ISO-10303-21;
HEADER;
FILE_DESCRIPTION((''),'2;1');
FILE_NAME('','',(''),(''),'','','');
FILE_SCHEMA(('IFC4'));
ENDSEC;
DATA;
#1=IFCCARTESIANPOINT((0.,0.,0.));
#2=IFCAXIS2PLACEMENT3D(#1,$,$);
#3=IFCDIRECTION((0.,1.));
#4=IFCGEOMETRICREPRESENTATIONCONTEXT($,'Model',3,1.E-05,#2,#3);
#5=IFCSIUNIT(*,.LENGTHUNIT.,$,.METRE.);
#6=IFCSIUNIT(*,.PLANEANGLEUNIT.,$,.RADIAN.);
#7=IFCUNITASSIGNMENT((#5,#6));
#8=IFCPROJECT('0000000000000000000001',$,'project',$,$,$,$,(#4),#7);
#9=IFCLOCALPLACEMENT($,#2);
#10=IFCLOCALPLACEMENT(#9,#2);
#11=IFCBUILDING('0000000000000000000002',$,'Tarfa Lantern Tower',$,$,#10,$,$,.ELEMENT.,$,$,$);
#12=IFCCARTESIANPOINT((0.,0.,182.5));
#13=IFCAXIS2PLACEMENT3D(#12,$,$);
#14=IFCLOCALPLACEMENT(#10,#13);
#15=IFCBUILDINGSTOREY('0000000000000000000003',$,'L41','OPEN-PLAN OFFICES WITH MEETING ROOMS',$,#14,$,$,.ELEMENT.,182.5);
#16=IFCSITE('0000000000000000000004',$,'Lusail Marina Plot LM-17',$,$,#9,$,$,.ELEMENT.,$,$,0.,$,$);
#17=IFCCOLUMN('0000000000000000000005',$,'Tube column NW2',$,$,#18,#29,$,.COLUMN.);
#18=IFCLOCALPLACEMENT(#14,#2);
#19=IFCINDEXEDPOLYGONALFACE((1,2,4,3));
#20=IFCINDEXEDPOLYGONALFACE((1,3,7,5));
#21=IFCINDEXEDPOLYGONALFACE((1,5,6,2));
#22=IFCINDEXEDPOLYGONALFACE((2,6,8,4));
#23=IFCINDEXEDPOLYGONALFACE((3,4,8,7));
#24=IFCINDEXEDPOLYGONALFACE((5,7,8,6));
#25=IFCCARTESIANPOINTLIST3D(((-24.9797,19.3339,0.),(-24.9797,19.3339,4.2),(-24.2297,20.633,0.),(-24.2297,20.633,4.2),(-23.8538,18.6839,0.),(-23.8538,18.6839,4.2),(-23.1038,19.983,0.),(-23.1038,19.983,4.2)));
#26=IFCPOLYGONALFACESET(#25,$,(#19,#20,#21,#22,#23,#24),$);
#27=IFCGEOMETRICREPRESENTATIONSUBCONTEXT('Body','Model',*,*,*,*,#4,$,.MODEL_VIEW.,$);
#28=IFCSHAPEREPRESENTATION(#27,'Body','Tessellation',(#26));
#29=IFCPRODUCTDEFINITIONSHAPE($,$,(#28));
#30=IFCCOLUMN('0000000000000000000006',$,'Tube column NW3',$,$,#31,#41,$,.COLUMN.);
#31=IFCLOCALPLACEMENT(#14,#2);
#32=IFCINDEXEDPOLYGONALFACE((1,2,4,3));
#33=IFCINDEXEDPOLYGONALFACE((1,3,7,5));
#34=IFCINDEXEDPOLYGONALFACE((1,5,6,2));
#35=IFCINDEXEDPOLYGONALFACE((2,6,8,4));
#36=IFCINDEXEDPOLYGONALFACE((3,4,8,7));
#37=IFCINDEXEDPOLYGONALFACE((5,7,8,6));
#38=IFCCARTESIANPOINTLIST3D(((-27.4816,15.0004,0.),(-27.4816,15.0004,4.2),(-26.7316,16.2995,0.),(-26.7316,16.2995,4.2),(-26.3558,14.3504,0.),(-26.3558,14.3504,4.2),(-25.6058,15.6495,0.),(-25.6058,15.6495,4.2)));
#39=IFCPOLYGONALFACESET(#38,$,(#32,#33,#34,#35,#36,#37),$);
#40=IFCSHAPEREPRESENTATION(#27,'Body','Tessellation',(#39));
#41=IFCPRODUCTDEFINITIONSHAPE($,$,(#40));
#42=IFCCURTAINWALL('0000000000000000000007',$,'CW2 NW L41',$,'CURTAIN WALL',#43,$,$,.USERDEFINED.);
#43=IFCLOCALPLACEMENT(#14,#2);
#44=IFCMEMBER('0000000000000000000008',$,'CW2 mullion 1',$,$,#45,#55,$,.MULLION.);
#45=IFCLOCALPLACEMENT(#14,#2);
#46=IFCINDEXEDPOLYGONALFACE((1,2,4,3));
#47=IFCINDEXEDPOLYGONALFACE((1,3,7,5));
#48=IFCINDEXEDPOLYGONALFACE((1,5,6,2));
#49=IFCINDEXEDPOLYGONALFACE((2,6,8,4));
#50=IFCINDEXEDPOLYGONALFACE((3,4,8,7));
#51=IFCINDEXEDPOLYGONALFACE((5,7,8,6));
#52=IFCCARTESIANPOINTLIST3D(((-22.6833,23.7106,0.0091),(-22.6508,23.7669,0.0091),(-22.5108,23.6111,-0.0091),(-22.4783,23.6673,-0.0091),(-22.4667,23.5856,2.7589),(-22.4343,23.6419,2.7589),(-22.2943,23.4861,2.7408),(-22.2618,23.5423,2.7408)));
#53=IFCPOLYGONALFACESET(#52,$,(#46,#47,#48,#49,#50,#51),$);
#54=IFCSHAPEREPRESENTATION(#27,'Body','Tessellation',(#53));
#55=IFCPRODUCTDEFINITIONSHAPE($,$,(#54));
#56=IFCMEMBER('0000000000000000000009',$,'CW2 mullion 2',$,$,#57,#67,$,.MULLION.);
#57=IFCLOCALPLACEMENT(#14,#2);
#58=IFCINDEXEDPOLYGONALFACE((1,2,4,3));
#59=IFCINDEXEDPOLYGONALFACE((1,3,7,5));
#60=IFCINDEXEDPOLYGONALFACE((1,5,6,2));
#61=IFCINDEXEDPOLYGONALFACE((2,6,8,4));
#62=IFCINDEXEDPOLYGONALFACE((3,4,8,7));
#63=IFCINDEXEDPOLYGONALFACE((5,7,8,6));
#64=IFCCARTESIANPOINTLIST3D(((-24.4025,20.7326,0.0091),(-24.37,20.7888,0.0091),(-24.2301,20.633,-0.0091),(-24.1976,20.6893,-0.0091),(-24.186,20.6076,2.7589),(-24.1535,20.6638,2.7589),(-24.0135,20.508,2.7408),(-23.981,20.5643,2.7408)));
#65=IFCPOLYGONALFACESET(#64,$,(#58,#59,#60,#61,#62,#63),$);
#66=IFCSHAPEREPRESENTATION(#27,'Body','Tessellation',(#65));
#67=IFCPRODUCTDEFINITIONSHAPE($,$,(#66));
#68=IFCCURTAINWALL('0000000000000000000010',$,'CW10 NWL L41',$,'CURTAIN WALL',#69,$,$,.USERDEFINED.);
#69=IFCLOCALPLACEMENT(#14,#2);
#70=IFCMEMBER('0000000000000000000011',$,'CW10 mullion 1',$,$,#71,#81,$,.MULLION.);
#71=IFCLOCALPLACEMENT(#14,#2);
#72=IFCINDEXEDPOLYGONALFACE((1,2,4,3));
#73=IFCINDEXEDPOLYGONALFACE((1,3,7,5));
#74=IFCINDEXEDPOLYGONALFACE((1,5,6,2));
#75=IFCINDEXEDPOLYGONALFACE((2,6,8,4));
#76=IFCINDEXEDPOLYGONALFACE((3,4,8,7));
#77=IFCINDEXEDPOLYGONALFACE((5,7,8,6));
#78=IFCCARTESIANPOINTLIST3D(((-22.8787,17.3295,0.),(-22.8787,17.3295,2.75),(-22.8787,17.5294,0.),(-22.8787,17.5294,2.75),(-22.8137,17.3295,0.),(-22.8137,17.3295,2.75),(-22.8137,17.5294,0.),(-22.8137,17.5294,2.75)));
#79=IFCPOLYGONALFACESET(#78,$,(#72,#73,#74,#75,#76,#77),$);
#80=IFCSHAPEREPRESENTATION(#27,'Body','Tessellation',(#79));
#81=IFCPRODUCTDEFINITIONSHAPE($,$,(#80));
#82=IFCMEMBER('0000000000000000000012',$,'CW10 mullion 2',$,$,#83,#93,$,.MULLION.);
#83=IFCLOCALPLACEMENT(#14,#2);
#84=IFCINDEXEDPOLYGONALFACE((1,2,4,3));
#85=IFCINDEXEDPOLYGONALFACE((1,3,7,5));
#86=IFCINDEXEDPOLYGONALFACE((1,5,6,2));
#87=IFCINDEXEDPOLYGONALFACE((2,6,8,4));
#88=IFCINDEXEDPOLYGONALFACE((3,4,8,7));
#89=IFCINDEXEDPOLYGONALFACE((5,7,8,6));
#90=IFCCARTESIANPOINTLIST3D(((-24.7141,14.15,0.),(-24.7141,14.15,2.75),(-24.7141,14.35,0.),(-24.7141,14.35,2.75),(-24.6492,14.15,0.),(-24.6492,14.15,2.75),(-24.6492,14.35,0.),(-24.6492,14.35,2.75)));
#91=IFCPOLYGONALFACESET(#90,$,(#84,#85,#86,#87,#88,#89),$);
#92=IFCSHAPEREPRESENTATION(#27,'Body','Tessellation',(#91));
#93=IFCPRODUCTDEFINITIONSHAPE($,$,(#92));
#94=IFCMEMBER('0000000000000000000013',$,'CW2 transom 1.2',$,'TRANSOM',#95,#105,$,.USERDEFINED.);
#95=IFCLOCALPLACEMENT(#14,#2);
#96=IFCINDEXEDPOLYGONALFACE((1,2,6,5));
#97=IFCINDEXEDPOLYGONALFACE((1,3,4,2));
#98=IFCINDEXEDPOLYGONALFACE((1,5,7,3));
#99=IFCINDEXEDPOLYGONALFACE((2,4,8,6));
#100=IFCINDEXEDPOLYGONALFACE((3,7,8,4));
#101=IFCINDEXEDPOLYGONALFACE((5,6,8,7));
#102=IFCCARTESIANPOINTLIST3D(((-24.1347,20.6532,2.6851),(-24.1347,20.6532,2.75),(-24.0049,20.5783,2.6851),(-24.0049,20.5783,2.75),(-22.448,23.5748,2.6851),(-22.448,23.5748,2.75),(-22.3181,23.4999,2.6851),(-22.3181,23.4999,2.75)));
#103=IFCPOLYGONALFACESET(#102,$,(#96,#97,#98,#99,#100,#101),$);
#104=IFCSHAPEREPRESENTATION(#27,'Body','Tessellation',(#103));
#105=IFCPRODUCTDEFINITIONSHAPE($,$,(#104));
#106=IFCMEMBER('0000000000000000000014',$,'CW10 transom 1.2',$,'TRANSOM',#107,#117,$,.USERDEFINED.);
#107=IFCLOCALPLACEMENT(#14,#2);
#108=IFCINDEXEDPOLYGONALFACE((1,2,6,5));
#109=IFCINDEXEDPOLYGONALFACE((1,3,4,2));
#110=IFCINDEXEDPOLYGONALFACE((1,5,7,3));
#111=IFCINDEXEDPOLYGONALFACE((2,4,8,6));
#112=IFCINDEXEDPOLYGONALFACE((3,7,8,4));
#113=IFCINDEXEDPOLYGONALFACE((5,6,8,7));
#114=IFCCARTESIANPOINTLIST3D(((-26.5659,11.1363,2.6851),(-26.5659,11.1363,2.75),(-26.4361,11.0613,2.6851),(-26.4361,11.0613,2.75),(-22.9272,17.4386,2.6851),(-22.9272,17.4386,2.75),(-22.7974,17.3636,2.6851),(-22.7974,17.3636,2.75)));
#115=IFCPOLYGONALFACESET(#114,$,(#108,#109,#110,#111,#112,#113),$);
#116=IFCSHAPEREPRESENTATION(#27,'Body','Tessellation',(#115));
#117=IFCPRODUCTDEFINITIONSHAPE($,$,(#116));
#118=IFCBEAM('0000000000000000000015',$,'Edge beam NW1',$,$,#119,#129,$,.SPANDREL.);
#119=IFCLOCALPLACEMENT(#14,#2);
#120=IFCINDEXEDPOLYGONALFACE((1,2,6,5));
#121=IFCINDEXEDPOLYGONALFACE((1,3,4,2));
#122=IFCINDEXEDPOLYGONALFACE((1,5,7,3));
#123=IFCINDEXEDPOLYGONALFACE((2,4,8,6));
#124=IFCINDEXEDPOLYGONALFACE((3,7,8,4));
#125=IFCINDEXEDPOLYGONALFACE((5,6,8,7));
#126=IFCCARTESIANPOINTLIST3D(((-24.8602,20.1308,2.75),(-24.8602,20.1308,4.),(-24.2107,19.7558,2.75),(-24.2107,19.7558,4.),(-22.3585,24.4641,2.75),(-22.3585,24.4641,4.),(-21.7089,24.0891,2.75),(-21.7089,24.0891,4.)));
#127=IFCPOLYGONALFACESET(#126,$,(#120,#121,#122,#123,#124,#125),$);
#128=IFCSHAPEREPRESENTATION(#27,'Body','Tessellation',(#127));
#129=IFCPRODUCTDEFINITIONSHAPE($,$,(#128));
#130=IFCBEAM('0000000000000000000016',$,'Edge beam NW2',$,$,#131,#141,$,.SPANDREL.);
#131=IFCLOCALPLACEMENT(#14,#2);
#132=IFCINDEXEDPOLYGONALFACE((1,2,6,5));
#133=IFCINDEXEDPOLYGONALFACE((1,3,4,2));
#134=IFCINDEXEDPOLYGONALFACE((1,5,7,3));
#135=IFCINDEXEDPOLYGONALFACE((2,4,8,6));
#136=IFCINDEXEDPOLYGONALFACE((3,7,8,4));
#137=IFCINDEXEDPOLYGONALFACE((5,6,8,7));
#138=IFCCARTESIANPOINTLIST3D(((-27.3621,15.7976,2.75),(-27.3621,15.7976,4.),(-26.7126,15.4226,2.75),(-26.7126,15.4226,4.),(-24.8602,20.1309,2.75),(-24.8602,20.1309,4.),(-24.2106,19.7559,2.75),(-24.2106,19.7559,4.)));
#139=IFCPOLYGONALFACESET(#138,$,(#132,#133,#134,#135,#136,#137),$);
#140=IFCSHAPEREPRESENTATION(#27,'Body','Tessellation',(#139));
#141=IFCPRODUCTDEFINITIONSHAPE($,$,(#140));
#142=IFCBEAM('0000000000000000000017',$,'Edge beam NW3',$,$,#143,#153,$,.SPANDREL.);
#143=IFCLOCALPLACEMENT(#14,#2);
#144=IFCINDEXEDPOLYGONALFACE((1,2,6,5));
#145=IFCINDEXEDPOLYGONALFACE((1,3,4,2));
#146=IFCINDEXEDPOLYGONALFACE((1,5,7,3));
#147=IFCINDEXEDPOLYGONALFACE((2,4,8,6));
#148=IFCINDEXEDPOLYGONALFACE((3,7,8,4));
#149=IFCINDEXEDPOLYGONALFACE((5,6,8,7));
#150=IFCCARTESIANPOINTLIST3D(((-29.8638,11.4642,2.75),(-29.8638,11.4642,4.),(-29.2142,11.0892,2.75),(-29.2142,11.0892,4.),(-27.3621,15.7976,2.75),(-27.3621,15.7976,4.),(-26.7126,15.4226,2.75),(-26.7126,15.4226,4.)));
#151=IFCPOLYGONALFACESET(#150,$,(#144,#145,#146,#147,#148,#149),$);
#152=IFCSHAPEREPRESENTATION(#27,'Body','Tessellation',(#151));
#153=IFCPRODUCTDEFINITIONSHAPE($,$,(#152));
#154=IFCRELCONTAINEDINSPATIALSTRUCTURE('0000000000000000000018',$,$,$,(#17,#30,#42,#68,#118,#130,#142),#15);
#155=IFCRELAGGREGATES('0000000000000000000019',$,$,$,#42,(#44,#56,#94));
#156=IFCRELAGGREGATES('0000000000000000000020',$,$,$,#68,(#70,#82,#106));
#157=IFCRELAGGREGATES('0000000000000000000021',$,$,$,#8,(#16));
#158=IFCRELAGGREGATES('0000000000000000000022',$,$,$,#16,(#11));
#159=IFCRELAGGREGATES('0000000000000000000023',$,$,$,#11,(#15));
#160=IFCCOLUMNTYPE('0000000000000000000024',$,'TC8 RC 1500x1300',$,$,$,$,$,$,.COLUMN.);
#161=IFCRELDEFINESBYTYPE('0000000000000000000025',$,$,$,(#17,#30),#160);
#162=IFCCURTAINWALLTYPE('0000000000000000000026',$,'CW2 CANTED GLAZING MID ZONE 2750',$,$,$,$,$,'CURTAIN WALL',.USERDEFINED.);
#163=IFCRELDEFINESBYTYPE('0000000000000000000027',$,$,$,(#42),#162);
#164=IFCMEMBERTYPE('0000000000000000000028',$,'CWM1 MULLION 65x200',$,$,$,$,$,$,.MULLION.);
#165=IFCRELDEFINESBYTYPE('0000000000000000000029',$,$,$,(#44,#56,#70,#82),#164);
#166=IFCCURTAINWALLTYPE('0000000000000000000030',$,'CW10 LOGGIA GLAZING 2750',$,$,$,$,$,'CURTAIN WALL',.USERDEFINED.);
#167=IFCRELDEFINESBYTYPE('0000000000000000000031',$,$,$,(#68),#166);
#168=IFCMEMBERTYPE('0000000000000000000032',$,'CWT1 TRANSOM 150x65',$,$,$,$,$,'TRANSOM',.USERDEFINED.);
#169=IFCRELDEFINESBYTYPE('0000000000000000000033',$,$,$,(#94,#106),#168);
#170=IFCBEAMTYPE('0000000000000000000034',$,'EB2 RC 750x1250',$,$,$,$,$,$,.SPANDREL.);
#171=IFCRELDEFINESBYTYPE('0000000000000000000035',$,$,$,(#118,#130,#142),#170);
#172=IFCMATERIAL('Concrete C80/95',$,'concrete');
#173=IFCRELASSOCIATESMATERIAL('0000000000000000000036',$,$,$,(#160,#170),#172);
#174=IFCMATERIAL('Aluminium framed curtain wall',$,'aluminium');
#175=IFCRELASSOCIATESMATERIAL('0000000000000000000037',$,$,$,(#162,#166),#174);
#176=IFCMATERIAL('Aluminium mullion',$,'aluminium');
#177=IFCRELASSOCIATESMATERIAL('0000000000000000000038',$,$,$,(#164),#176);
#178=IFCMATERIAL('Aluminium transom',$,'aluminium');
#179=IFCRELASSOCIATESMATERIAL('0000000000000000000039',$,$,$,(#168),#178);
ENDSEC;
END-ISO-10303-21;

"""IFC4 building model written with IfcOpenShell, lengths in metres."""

from ifc_helpers import new_model, si_unit, direction, frame, origin, origin_2d, place, context, subcontext, project, spatial, rectangle, extrude, material, material_profile, profile_set, type_object, element, aggregate, save


model = new_model("IFC4")

# Units and contexts
model_context = context("Model", 3, precision=1e-05, world=origin(), true_north=direction((0.0, 1.0)))
body_context = subcontext(model_context, "Body", "Model", "MODEL_VIEW")
ifc_project = project(units=[si_unit("LENGTHUNIT", "METRE"), si_unit("PLANEANGLEUNIT", "RADIAN")], contexts=[model_context])

# Site, building, storey
site_placement = place(None, origin())
site = spatial("IfcSite", under=ifc_project, at=site_placement, Name="Lusail Marina Plot LM-17", CompositionType="ELEMENT", RefElevation=0.0)
building_placement = place(site_placement, origin())
building = spatial("IfcBuilding", under=site, at=building_placement, Name="Tarfa Lantern Tower", CompositionType="ELEMENT")
storey_placement = place(building_placement, frame((0.0, 0.0, 182.5)))
storey = spatial("IfcBuildingStorey", under=building, at=storey_placement, Name="L41", Description="OPEN-PLAN OFFICES WITH MEETING ROOMS", CompositionType="ELEMENT", Elevation=182.5)

# Columns
ifc_material_1 = material(Name="Concrete C80/95", Category="concrete")
ifc_material_profile_1 = material_profile(ifc_material_1, rectangle(XDim=1.5, YDim=1.3, at=origin_2d()), Name="RC 1500x1300")
ifc_profile_set_1 = profile_set([ifc_material_profile_1], Name="Concrete C80/95")
column_type = type_object("IfcColumnType", Name="TC8 RC 1500x1300", PredefinedType="COLUMN", material=ifc_profile_set_1)
for number, where, z_axis, x_axis, name in (
    (1, (-24.0417, 19.6584, 0.0), (0.0, 0.0, 1.0), (-0.5, -0.866025, 0.0), "Tube column NW2"),
    (2, (-26.5437, 15.325, 0.0), (0.0, 0.0, 1.0), (-0.5, -0.866025, 0.0), "Tube column NW3"),
):
    element("IfcColumn", number, at=place(storey_placement, frame(where, z_axis=z_axis, x_axis=x_axis)), inside=storey, type_object=column_type, Name=name, PredefinedType="COLUMN", context=body_context, shape_type="SweptSolid", body=[
        extrude(rectangle(XDim=1.5, YDim=1.3, at=origin_2d()), origin(), (0.0, 0.0, 1.0), 4.2),
    ])

# Curtain walls, members
ifc_material_2 = material(Name="Aluminium framed curtain wall", Category="aluminium")
curtain_wall_type_1 = type_object("IfcCurtainWallType", Name="CW2 CANTED GLAZING MID ZONE 2750", ElementType="CURTAIN WALL", PredefinedType="USERDEFINED", material=ifc_material_2)
curtain_wall_1_placement = place(storey_placement, origin())
curtain_wall_1 = element("IfcCurtainWall", 3, at=curtain_wall_1_placement, inside=storey, type_object=curtain_wall_type_1, Name="CW2 NW L41", ObjectType="CURTAIN WALL", PredefinedType="USERDEFINED")
ifc_material_3 = material(Name="Aluminium mullion", Category="aluminium")
ifc_material_profile_2 = material_profile(ifc_material_3, rectangle(XDim=0.0649, YDim=0.2, at=origin_2d()), Name="AL MULLION 65x200")
ifc_profile_set_2 = profile_set([ifc_material_profile_2], Name="Aluminium mullion")
member_type_1 = type_object("IfcMemberType", Name="CWM1 MULLION 65x200", PredefinedType="MULLION", material=ifc_profile_set_2)
member_1_placement = place(storey_placement, frame((-22.5808, 23.689, 0.0), z_axis=(0.078423, -0.045268, 0.995892), x_axis=(0.49992, 0.866072, 0.0)))
member_1 = element("IfcMember", 4, at=member_1_placement, type_object=member_type_1, Name="CW2 mullion 1", PredefinedType="MULLION", context=body_context, shape_type="SweptSolid", body=[
    extrude(rectangle(XDim=0.0649, YDim=0.2, at=origin_2d()), origin(), (0.0, 0.0, 1.0), 2.7612),
])
member_2_placement = place(storey_placement, frame((-24.3, 20.7109, 0.0), z_axis=(0.078423, -0.045268, 0.995892), x_axis=(0.49992, 0.866072, 0.0)))
member_2 = element("IfcMember", 5, at=member_2_placement, type_object=member_type_1, Name="CW2 mullion 2", PredefinedType="MULLION", context=body_context, shape_type="SweptSolid", body=[
    extrude(rectangle(XDim=0.0649, YDim=0.2, at=origin_2d()), origin(), (0.0, 0.0, 1.0), 2.7612),
])
curtain_wall_type_2 = type_object("IfcCurtainWallType", Name="CW10 LOGGIA GLAZING 2750", ElementType="CURTAIN WALL", PredefinedType="USERDEFINED", material=ifc_material_2)
curtain_wall_2_placement = place(storey_placement, origin())
curtain_wall_2 = element("IfcCurtainWall", 6, at=curtain_wall_2_placement, inside=storey, type_object=curtain_wall_type_2, Name="CW10 NWL L41", ObjectType="CURTAIN WALL", PredefinedType="USERDEFINED")
member_3_placement = place(storey_placement, frame((-22.8462, 17.4294, 0.0), z_axis=(0.0, 0.0, 1.0), x_axis=(1.0, 0.0, 0.0)))
member_3 = element("IfcMember", 7, at=member_3_placement, type_object=member_type_1, Name="CW10 mullion 1", PredefinedType="MULLION", context=body_context, shape_type="SweptSolid", body=[
    extrude(rectangle(XDim=0.0649, YDim=0.2, at=origin_2d()), origin(), (0.0, 0.0, 1.0), 2.75),
])
member_4_placement = place(storey_placement, frame((-24.6816, 14.25, 0.0), z_axis=(0.0, 0.0, 1.0), x_axis=(1.0, 0.0, 0.0)))
member_4 = element("IfcMember", 8, at=member_4_placement, type_object=member_type_1, Name="CW10 mullion 2", PredefinedType="MULLION", context=body_context, shape_type="SweptSolid", body=[
    extrude(rectangle(XDim=0.0649, YDim=0.2, at=origin_2d()), origin(), (0.0, 0.0, 1.0), 2.75),
])

# Members
ifc_material_4 = material(Name="Aluminium transom", Category="aluminium")
ifc_material_profile_3 = material_profile(ifc_material_4, rectangle(XDim=0.1499, YDim=0.0649, at=origin_2d()), Name="AL TRANSOM 150x65")
ifc_profile_set_3 = profile_set([ifc_material_profile_3], Name="Aluminium transom")
member_type_2 = type_object("IfcMemberType", Name="CWT1 TRANSOM 150x65", ElementType="TRANSOM", PredefinedType="USERDEFINED", material=ifc_profile_set_3)
member_5_placement = place(storey_placement, frame((-22.3831, 23.5374, 2.7175), z_axis=(-0.499992, -0.86603, 0.0), x_axis=(0.86603, -0.499992, 0.0)))
member_5 = element("IfcMember", 9, at=member_5_placement, type_object=member_type_2, Name="CW2 transom 1.2", ObjectType="TRANSOM", PredefinedType="USERDEFINED", context=body_context, shape_type="SweptSolid", body=[
    extrude(rectangle(XDim=0.1499, YDim=0.0649, at=origin_2d()), origin(), (0.0, 0.0, 1.0), 3.3735),
])
member_6_placement = place(storey_placement, frame((-22.8623, 17.4011, 2.7175), z_axis=(-0.500007, -0.866021, 0.0), x_axis=(0.866021, -0.500007, 0.0)))
member_6 = element("IfcMember", 10, at=member_6_placement, type_object=member_type_2, Name="CW10 transom 1.2", ObjectType="TRANSOM", PredefinedType="USERDEFINED", context=body_context, shape_type="SweptSolid", body=[
    extrude(rectangle(XDim=0.1499, YDim=0.0649, at=origin_2d()), origin(), (0.0, 0.0, 1.0), 7.2773),
])

# Beams
ifc_material_profile_4 = material_profile(ifc_material_1, rectangle(XDim=0.75, YDim=1.25, at=origin_2d()), Name="RC 750x1250")
ifc_profile_set_4 = profile_set([ifc_material_profile_4], Name="Concrete C80/95")
beam_type_1 = type_object("IfcBeamType", Name="EB2 RC 750x1250", PredefinedType="SPANDREL", material=ifc_profile_set_4)
for number, where, z_axis, x_axis, name in (
    (11, (-22.0337, 24.2766, 3.375), (-0.499986, -0.866034, 0.0), (0.866034, -0.499986, 0.0), "Edge beam NW1"),
    (12, (-24.5354, 19.9434, 3.375), (-0.500022, -0.866013, 0.0), (0.866013, -0.500022, 0.0), "Edge beam NW2"),
    (13, (-27.0374, 15.6101, 3.375), (-0.499965, -0.866046, 0.0), (0.866046, -0.499965, 0.0), "Edge beam NW3"),
):
    element("IfcBeam", number, at=place(storey_placement, frame(where, z_axis=z_axis, x_axis=x_axis)), inside=storey, type_object=beam_type_1, Name=name, PredefinedType="SPANDREL", context=body_context, shape_type="SweptSolid", body=[
        extrude(rectangle(XDim=0.75, YDim=1.25, at=origin_2d()), origin(), (0.0, 0.0, 1.0), 5.0037),
    ])

aggregate(curtain_wall_1, [member_1, member_2, member_5])
aggregate(curtain_wall_2, [member_3, member_4, member_6])

save(model, "model.ifc")
